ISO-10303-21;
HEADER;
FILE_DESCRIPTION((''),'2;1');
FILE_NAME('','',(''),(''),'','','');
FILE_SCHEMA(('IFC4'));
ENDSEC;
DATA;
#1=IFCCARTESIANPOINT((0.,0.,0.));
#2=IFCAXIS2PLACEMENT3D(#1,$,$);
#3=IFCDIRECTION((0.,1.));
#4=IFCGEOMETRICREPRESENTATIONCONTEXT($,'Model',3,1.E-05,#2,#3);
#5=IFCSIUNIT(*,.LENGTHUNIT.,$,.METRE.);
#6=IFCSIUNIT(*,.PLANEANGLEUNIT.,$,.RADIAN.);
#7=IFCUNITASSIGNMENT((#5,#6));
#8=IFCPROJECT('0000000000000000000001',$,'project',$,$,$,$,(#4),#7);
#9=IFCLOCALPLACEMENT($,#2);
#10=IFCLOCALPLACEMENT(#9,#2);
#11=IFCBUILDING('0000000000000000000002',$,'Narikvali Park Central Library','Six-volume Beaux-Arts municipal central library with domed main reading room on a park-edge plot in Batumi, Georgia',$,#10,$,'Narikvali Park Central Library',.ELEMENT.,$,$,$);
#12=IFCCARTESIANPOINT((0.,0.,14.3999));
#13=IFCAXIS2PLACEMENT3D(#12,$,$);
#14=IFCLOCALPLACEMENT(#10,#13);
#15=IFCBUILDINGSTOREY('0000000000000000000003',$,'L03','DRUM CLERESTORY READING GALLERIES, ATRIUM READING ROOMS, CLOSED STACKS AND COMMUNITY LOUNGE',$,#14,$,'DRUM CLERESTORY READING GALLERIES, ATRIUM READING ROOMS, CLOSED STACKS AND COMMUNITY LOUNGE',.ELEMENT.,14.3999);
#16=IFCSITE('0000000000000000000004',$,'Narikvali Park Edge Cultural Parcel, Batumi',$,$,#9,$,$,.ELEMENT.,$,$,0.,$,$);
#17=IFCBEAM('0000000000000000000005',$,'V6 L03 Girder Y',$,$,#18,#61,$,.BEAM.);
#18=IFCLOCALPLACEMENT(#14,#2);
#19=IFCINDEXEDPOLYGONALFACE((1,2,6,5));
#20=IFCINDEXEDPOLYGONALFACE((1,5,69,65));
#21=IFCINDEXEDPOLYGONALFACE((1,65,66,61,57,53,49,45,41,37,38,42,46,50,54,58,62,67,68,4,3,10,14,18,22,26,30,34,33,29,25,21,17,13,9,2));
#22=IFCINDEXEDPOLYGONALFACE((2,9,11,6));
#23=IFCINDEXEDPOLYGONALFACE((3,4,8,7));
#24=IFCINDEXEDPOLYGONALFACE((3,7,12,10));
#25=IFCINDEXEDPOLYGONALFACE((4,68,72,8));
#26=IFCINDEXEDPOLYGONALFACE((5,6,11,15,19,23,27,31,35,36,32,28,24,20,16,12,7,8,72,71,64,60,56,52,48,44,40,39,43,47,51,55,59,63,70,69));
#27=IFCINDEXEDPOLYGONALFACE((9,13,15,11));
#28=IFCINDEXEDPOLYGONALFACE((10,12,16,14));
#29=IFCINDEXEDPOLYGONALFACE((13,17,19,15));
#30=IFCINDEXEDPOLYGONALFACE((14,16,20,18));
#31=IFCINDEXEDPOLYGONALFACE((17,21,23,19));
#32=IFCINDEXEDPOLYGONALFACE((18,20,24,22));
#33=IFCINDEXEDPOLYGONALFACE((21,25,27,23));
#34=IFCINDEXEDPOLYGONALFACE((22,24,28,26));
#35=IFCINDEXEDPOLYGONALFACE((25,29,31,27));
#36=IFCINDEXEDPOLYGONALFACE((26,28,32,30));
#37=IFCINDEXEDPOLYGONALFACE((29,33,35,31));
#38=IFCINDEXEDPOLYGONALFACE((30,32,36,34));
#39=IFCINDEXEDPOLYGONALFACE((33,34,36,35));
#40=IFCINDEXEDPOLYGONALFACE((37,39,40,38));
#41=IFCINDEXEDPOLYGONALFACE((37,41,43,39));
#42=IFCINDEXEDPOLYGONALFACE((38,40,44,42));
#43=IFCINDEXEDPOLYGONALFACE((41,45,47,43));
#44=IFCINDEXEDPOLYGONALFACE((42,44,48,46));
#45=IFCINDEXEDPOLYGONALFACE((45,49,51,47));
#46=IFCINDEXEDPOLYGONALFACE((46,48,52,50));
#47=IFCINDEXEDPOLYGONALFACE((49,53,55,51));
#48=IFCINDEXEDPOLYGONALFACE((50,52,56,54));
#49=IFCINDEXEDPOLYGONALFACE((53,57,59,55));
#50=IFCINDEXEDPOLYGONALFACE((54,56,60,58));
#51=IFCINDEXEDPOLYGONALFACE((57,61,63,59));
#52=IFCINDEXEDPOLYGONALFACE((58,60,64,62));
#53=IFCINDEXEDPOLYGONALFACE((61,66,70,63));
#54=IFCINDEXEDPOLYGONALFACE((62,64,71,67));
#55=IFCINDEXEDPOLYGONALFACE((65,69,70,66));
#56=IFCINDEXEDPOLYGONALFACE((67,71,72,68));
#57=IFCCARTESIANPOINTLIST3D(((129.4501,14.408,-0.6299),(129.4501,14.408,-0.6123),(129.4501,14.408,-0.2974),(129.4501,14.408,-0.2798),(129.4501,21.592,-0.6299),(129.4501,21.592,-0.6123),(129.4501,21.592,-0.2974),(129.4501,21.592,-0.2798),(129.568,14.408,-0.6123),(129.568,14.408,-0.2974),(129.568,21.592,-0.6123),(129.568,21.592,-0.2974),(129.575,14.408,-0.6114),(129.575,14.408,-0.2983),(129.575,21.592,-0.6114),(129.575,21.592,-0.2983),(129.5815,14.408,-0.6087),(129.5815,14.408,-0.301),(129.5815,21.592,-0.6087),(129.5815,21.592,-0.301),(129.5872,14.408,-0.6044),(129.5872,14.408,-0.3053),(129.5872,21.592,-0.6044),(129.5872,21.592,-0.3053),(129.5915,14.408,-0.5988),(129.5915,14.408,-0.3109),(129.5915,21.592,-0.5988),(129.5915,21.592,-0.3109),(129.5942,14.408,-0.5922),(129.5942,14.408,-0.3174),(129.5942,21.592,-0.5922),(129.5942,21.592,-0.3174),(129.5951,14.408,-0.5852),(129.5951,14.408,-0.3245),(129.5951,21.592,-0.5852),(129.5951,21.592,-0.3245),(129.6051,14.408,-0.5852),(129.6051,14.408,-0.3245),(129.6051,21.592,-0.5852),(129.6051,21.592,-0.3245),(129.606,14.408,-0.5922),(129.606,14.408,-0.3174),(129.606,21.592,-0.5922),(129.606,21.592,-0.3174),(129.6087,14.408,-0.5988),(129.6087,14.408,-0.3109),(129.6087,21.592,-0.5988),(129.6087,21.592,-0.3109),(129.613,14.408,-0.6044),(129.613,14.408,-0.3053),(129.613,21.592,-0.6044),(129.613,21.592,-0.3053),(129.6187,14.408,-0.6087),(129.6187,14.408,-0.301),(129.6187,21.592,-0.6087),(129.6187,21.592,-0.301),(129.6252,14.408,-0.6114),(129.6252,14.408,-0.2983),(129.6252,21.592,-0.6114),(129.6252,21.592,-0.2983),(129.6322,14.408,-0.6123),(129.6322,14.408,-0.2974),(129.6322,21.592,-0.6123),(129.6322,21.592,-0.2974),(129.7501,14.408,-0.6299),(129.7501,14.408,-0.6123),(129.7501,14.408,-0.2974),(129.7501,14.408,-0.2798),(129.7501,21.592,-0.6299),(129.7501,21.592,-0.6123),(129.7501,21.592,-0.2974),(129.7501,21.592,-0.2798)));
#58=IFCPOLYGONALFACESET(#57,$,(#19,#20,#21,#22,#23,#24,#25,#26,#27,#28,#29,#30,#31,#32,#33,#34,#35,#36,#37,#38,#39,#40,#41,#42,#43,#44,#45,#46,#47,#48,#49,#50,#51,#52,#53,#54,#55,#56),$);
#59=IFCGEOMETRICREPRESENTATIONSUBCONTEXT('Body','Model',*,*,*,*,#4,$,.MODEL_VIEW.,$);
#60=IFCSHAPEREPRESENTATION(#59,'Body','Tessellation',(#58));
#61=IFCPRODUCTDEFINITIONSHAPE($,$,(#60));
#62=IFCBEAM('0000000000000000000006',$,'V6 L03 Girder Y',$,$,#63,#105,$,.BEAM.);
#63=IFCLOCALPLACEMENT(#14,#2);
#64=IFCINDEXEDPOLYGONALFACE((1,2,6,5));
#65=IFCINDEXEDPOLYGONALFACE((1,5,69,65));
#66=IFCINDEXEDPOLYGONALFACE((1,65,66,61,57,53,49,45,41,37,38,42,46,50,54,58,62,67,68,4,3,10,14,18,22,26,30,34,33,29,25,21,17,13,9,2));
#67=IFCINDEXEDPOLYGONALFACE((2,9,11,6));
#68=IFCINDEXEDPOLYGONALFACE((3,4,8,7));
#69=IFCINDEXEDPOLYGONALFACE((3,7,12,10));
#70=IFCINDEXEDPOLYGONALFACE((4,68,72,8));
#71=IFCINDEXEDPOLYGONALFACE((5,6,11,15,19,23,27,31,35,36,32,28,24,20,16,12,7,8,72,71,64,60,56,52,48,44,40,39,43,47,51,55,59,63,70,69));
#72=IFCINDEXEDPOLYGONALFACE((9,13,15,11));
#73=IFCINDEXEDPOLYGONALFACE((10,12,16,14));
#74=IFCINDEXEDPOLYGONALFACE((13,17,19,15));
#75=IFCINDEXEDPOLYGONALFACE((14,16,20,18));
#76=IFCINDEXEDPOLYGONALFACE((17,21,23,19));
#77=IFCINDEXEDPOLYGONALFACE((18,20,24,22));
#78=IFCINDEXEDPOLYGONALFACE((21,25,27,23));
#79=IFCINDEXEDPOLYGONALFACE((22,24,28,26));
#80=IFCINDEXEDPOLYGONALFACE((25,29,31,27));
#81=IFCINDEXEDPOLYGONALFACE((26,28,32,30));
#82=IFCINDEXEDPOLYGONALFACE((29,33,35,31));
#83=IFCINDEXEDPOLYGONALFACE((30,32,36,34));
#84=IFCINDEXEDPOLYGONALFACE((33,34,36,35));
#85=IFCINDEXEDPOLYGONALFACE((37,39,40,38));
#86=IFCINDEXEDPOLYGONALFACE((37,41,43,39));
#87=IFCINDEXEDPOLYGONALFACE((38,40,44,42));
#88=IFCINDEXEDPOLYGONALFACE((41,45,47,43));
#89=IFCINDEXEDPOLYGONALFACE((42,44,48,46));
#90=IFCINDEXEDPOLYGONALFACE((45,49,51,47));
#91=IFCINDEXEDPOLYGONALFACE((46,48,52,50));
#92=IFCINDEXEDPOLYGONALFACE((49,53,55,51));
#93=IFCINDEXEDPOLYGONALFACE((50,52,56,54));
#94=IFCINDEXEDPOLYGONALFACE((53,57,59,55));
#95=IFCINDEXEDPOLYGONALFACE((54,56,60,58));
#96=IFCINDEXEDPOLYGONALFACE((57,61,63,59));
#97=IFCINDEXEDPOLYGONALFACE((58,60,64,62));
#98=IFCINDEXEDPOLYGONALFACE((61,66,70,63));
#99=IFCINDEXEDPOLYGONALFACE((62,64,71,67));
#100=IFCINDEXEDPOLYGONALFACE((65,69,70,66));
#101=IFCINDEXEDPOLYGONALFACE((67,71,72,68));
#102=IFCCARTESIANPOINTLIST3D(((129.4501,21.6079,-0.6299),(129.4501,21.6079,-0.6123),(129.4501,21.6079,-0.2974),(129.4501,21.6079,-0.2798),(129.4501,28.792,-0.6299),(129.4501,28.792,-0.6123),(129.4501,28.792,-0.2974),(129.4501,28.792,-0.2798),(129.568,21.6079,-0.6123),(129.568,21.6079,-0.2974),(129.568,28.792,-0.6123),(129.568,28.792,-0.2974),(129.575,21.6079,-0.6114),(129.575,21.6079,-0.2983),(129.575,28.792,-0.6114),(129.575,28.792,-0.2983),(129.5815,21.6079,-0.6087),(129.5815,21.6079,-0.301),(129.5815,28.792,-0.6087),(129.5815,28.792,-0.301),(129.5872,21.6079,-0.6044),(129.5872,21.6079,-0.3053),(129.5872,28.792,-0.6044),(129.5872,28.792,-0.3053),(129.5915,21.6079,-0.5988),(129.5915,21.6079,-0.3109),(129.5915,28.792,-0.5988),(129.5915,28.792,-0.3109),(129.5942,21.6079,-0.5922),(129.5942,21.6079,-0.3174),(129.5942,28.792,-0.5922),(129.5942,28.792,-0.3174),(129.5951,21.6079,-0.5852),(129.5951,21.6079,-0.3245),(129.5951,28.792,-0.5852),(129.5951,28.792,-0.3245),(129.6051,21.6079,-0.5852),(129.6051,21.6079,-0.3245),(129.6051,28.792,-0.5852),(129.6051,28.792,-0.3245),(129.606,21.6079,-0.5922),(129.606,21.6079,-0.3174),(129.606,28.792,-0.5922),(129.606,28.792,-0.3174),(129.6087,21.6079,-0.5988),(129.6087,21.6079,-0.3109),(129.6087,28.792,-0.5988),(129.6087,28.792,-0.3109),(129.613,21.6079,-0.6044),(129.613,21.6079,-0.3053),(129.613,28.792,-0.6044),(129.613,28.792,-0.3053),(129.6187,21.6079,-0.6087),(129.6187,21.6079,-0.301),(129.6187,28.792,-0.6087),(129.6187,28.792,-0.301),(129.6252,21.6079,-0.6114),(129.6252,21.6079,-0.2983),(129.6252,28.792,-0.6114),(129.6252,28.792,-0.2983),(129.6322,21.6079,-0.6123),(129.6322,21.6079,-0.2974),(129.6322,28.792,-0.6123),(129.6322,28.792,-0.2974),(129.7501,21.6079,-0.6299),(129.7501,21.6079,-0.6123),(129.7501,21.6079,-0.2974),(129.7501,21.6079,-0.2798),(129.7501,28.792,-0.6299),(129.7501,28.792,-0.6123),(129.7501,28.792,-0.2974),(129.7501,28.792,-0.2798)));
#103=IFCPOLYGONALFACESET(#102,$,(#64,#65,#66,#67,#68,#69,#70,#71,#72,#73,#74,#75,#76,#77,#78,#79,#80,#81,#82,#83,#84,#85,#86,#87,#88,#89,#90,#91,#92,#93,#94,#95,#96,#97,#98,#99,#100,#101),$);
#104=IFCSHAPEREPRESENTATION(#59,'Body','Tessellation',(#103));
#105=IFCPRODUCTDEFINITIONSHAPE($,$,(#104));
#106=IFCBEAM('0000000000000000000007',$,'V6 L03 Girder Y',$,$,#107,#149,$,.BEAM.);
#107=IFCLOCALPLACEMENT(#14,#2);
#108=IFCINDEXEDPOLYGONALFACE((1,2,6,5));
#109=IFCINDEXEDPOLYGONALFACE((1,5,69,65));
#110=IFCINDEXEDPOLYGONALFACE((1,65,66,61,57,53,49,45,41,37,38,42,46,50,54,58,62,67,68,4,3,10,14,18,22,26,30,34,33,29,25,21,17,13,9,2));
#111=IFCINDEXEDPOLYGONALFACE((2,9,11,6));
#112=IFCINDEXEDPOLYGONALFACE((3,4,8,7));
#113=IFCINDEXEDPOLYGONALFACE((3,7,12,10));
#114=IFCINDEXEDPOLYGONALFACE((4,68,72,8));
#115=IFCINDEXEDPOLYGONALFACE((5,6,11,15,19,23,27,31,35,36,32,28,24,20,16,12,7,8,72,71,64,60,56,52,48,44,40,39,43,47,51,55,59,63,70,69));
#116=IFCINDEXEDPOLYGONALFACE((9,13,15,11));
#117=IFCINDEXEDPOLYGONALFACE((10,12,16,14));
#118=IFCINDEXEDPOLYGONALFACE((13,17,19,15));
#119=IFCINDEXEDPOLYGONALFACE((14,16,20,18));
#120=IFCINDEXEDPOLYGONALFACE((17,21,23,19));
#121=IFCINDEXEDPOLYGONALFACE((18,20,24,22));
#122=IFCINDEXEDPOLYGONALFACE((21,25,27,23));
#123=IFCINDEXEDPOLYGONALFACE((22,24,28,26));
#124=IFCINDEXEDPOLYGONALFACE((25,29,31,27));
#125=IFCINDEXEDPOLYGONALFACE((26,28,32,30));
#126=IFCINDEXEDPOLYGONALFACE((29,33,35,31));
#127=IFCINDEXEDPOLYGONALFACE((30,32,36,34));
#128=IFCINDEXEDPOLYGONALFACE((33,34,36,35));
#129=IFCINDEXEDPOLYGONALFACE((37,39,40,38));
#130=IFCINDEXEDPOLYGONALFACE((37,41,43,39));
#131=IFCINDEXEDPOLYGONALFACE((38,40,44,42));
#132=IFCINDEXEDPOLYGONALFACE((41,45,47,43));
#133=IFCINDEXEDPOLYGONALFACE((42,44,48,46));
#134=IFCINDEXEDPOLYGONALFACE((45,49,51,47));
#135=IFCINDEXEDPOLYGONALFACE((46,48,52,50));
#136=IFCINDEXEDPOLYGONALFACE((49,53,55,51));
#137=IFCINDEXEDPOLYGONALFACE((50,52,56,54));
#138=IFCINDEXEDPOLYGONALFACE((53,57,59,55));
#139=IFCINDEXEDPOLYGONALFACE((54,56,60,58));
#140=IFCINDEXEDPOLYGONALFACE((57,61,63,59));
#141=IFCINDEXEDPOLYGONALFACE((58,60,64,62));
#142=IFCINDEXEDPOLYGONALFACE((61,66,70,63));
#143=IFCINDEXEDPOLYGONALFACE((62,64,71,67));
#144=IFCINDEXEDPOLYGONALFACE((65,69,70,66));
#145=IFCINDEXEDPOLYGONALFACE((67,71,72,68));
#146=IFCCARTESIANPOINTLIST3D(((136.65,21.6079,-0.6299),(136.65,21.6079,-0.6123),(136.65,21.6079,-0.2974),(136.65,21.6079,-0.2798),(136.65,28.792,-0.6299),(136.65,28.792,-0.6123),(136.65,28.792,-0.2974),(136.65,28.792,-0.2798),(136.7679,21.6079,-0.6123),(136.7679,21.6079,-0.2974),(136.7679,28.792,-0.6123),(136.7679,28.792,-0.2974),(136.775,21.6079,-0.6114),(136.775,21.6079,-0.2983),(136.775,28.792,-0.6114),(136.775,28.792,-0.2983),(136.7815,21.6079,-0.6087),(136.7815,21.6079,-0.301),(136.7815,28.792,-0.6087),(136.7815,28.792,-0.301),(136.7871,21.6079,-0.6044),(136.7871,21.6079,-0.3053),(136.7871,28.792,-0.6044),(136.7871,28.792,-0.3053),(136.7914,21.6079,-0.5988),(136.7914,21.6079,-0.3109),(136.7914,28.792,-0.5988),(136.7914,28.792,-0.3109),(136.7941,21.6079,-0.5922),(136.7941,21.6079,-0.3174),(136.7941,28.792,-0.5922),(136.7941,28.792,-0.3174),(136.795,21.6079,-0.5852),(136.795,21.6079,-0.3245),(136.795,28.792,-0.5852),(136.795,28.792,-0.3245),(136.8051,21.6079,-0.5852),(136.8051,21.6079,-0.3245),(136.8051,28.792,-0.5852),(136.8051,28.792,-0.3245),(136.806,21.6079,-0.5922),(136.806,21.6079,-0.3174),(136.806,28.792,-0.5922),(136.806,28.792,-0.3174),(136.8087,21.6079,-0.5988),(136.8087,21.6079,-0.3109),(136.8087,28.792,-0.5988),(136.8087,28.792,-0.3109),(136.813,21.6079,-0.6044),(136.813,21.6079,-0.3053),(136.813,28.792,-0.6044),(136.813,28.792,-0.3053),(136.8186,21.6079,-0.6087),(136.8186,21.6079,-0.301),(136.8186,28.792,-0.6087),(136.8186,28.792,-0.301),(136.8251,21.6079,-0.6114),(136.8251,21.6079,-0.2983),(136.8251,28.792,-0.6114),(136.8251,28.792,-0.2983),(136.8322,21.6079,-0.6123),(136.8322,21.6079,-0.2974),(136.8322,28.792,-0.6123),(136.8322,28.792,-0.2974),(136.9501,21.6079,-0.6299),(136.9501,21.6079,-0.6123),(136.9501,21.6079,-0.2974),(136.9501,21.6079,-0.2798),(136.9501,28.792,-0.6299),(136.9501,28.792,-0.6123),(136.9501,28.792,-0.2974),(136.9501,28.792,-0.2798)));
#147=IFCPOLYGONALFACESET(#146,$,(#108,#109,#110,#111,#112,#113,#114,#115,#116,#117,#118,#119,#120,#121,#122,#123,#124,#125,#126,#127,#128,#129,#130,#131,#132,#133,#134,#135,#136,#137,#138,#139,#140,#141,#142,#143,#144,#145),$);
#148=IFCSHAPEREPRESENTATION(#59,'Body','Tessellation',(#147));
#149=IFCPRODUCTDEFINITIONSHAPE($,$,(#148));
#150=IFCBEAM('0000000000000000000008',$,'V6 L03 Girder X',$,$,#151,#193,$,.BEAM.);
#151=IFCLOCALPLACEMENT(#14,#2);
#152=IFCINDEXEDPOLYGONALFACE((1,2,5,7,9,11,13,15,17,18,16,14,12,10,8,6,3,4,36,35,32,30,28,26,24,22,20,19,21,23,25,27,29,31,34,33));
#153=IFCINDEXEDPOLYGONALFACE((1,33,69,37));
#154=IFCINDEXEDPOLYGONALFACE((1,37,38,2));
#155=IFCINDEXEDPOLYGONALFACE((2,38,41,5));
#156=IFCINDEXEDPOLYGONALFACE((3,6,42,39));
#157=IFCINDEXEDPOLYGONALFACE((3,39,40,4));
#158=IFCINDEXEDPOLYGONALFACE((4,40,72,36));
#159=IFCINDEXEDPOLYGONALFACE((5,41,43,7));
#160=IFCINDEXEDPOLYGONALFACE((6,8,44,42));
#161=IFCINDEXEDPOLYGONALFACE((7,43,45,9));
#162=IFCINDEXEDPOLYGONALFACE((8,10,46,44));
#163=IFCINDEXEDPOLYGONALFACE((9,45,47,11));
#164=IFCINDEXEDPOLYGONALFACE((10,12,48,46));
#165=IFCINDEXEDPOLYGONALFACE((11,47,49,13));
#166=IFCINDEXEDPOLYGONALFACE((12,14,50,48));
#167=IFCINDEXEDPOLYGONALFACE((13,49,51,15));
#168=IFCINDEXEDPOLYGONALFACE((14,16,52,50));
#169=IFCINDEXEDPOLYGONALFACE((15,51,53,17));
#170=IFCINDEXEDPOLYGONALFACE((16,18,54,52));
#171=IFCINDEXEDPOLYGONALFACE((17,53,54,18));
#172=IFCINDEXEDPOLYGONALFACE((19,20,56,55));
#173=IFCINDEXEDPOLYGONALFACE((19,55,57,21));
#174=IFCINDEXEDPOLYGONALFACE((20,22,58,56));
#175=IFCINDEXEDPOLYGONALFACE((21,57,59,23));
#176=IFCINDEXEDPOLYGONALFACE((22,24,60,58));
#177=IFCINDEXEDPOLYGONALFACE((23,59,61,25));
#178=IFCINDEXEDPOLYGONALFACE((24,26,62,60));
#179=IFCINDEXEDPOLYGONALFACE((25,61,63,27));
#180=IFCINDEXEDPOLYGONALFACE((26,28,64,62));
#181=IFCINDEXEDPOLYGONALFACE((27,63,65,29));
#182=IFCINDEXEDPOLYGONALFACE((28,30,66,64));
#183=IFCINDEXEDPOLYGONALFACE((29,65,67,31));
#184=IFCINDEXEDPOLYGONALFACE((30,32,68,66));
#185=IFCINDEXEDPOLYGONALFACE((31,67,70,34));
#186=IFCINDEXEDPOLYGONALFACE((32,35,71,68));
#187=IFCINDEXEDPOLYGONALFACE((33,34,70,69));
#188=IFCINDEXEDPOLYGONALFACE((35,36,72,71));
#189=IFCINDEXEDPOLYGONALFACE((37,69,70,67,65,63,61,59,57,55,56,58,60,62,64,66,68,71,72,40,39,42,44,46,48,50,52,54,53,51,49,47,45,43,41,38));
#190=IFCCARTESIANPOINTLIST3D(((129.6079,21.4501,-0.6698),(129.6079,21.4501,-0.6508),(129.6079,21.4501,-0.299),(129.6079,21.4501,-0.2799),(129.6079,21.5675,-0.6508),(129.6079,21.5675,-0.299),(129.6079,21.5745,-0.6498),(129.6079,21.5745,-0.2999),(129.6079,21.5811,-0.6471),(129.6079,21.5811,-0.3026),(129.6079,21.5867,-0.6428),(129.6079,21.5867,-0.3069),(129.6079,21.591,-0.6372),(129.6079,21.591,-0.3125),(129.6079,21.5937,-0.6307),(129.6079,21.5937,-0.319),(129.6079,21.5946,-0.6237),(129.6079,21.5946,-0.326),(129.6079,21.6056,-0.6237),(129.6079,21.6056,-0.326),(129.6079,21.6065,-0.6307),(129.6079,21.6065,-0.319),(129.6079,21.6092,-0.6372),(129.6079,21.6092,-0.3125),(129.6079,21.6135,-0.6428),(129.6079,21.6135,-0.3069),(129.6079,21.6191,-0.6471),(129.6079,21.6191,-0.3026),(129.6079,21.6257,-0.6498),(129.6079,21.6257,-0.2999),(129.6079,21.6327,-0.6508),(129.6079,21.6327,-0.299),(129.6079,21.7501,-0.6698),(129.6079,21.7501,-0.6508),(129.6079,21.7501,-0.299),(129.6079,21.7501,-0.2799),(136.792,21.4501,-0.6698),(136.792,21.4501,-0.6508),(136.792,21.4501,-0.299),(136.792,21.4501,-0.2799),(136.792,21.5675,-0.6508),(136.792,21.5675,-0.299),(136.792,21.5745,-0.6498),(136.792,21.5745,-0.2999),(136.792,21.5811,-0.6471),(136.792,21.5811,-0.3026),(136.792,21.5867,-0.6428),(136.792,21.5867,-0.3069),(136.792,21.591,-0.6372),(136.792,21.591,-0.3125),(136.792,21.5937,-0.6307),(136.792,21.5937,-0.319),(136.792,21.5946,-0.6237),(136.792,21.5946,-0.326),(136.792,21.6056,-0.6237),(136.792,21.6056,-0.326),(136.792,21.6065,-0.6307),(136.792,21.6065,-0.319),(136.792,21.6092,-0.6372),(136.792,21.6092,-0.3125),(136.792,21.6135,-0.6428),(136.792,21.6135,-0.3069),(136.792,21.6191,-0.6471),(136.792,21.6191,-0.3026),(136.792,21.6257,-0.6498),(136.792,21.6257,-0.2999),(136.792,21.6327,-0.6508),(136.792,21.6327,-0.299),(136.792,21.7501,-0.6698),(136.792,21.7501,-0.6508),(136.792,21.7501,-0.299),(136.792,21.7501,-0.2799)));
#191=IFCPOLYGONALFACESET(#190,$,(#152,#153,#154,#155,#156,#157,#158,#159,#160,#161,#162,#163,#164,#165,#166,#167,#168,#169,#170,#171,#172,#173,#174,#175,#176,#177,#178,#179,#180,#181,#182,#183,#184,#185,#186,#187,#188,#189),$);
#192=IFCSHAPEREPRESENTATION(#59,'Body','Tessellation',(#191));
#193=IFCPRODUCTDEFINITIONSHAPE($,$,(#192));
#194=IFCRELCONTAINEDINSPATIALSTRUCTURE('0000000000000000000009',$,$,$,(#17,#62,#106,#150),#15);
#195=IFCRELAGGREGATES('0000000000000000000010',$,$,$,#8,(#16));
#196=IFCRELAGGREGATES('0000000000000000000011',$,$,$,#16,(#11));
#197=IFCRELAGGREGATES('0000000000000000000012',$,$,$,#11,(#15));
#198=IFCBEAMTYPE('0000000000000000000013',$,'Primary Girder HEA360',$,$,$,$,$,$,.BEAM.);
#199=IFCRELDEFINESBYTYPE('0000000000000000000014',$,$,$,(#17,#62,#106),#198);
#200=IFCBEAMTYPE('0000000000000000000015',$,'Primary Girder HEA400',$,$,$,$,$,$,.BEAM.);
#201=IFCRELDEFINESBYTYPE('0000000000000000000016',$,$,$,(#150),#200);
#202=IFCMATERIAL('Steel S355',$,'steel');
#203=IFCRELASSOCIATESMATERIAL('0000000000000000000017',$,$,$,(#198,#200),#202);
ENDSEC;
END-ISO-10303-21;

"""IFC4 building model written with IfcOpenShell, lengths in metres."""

from ifc_helpers import new_model, si_unit, direction, frame, origin, origin_2d, place, context, subcontext, project, spatial, i_section, extrude, material, material_profile, profile_set, type_object, element, save


model = new_model("IFC4")

# Units and contexts
model_context = context("Model", 3, precision=1e-05, world=origin(), true_north=direction((0.0, 1.0)))
body_context = subcontext(model_context, "Body", "Model", "MODEL_VIEW")
ifc_project = project(units=[si_unit("LENGTHUNIT", "METRE"), si_unit("PLANEANGLEUNIT", "RADIAN")], contexts=[model_context])

# Site, building, storey
site_placement = place(None, origin())
site = spatial("IfcSite", under=ifc_project, at=site_placement, Name="Narikvali Park Edge Cultural Parcel, Batumi", CompositionType="ELEMENT", RefElevation=0.0)
building_placement = place(site_placement, origin())
building = spatial("IfcBuilding", under=site, at=building_placement, Name="Narikvali Park Central Library", Description="Six-volume Beaux-Arts municipal central library with domed main reading room on a park-edge plot in Batumi, Georgia", LongName="Narikvali Park Central Library", CompositionType="ELEMENT")
storey_placement = place(building_placement, frame((0.0, 0.0, 14.3999)))
storey = spatial("IfcBuildingStorey", under=building, at=storey_placement, Name="L03", Description="DRUM CLERESTORY READING GALLERIES, ATRIUM READING ROOMS, CLOSED STACKS AND COMMUNITY LOUNGE", LongName="DRUM CLERESTORY READING GALLERIES, ATRIUM READING ROOMS, CLOSED STACKS AND COMMUNITY LOUNGE", CompositionType="ELEMENT", Elevation=14.3999)

# Shared definitions
ifc_material_1 = material(Name="Steel S355", Category="steel")

# Beams
ifc_material_profile_1 = material_profile(ifc_material_1, i_section(OverallWidth=0.3, OverallDepth=0.3501, WebThickness=0.01, FlangeThickness=0.0176, FilletRadius=0.0271, at=origin_2d()), Name="HEA 360")
ifc_profile_set_1 = profile_set([ifc_material_profile_1], Name="Steel S355")
beam_type_1 = type_object("IfcBeamType", Name="Primary Girder HEA360", PredefinedType="BEAM", material=ifc_profile_set_1)
for number, where, z_axis, x_axis, name in (
    (1, (129.6001, 14.408, -0.4548), (0.0, 1.0, 0.0), (-1.0, 0.0, 0.0), "V6 L03 Girder Y"),
    (2, (129.6001, 21.6079, -0.4548), (0.0, 1.0, 0.0), (-1.0, 0.0, 0.0), "V6 L03 Girder Y"),
    (3, (136.8, 21.6079, -0.4548), (0.0, 1.0, 0.0), (-1.0, 0.0, 0.0), "V6 L03 Girder Y"),
):
    element("IfcBeam", number, at=place(storey_placement, frame(where, z_axis=z_axis, x_axis=x_axis)), inside=storey, type_object=beam_type_1, Name=name, PredefinedType="BEAM", context=body_context, shape_type="SweptSolid", body=[
        extrude(i_section(OverallWidth=0.3, OverallDepth=0.3501, WebThickness=0.01, FlangeThickness=0.0176, FilletRadius=0.0271, at=origin_2d()), origin(), (0.0, 0.0, 1.0), 7.1841),
    ])
ifc_material_profile_2 = material_profile(ifc_material_1, i_section(OverallWidth=0.3, OverallDepth=0.3899, WebThickness=0.011, FlangeThickness=0.019, FilletRadius=0.0271, at=origin_2d()), Name="HEA 400")
ifc_profile_set_2 = profile_set([ifc_material_profile_2], Name="Steel S355")
beam_type_2 = type_object("IfcBeamType", Name="Primary Girder HEA400", PredefinedType="BEAM", material=ifc_profile_set_2)
beam_1_placement = place(storey_placement, frame((129.6079, 21.6001, -0.4749), z_axis=(1.0, 0.0, 0.0), x_axis=(0.0, 1.0, 0.0)))
element("IfcBeam", 4, at=beam_1_placement, inside=storey, type_object=beam_type_2, Name="V6 L03 Girder X", PredefinedType="BEAM", context=body_context, shape_type="SweptSolid", body=[
    extrude(i_section(OverallWidth=0.3, OverallDepth=0.3899, WebThickness=0.011, FlangeThickness=0.019, FilletRadius=0.0271, at=origin_2d()), origin(), (0.0, 0.0, 1.0), 7.1841),
])

save(model, "model.ifc")
